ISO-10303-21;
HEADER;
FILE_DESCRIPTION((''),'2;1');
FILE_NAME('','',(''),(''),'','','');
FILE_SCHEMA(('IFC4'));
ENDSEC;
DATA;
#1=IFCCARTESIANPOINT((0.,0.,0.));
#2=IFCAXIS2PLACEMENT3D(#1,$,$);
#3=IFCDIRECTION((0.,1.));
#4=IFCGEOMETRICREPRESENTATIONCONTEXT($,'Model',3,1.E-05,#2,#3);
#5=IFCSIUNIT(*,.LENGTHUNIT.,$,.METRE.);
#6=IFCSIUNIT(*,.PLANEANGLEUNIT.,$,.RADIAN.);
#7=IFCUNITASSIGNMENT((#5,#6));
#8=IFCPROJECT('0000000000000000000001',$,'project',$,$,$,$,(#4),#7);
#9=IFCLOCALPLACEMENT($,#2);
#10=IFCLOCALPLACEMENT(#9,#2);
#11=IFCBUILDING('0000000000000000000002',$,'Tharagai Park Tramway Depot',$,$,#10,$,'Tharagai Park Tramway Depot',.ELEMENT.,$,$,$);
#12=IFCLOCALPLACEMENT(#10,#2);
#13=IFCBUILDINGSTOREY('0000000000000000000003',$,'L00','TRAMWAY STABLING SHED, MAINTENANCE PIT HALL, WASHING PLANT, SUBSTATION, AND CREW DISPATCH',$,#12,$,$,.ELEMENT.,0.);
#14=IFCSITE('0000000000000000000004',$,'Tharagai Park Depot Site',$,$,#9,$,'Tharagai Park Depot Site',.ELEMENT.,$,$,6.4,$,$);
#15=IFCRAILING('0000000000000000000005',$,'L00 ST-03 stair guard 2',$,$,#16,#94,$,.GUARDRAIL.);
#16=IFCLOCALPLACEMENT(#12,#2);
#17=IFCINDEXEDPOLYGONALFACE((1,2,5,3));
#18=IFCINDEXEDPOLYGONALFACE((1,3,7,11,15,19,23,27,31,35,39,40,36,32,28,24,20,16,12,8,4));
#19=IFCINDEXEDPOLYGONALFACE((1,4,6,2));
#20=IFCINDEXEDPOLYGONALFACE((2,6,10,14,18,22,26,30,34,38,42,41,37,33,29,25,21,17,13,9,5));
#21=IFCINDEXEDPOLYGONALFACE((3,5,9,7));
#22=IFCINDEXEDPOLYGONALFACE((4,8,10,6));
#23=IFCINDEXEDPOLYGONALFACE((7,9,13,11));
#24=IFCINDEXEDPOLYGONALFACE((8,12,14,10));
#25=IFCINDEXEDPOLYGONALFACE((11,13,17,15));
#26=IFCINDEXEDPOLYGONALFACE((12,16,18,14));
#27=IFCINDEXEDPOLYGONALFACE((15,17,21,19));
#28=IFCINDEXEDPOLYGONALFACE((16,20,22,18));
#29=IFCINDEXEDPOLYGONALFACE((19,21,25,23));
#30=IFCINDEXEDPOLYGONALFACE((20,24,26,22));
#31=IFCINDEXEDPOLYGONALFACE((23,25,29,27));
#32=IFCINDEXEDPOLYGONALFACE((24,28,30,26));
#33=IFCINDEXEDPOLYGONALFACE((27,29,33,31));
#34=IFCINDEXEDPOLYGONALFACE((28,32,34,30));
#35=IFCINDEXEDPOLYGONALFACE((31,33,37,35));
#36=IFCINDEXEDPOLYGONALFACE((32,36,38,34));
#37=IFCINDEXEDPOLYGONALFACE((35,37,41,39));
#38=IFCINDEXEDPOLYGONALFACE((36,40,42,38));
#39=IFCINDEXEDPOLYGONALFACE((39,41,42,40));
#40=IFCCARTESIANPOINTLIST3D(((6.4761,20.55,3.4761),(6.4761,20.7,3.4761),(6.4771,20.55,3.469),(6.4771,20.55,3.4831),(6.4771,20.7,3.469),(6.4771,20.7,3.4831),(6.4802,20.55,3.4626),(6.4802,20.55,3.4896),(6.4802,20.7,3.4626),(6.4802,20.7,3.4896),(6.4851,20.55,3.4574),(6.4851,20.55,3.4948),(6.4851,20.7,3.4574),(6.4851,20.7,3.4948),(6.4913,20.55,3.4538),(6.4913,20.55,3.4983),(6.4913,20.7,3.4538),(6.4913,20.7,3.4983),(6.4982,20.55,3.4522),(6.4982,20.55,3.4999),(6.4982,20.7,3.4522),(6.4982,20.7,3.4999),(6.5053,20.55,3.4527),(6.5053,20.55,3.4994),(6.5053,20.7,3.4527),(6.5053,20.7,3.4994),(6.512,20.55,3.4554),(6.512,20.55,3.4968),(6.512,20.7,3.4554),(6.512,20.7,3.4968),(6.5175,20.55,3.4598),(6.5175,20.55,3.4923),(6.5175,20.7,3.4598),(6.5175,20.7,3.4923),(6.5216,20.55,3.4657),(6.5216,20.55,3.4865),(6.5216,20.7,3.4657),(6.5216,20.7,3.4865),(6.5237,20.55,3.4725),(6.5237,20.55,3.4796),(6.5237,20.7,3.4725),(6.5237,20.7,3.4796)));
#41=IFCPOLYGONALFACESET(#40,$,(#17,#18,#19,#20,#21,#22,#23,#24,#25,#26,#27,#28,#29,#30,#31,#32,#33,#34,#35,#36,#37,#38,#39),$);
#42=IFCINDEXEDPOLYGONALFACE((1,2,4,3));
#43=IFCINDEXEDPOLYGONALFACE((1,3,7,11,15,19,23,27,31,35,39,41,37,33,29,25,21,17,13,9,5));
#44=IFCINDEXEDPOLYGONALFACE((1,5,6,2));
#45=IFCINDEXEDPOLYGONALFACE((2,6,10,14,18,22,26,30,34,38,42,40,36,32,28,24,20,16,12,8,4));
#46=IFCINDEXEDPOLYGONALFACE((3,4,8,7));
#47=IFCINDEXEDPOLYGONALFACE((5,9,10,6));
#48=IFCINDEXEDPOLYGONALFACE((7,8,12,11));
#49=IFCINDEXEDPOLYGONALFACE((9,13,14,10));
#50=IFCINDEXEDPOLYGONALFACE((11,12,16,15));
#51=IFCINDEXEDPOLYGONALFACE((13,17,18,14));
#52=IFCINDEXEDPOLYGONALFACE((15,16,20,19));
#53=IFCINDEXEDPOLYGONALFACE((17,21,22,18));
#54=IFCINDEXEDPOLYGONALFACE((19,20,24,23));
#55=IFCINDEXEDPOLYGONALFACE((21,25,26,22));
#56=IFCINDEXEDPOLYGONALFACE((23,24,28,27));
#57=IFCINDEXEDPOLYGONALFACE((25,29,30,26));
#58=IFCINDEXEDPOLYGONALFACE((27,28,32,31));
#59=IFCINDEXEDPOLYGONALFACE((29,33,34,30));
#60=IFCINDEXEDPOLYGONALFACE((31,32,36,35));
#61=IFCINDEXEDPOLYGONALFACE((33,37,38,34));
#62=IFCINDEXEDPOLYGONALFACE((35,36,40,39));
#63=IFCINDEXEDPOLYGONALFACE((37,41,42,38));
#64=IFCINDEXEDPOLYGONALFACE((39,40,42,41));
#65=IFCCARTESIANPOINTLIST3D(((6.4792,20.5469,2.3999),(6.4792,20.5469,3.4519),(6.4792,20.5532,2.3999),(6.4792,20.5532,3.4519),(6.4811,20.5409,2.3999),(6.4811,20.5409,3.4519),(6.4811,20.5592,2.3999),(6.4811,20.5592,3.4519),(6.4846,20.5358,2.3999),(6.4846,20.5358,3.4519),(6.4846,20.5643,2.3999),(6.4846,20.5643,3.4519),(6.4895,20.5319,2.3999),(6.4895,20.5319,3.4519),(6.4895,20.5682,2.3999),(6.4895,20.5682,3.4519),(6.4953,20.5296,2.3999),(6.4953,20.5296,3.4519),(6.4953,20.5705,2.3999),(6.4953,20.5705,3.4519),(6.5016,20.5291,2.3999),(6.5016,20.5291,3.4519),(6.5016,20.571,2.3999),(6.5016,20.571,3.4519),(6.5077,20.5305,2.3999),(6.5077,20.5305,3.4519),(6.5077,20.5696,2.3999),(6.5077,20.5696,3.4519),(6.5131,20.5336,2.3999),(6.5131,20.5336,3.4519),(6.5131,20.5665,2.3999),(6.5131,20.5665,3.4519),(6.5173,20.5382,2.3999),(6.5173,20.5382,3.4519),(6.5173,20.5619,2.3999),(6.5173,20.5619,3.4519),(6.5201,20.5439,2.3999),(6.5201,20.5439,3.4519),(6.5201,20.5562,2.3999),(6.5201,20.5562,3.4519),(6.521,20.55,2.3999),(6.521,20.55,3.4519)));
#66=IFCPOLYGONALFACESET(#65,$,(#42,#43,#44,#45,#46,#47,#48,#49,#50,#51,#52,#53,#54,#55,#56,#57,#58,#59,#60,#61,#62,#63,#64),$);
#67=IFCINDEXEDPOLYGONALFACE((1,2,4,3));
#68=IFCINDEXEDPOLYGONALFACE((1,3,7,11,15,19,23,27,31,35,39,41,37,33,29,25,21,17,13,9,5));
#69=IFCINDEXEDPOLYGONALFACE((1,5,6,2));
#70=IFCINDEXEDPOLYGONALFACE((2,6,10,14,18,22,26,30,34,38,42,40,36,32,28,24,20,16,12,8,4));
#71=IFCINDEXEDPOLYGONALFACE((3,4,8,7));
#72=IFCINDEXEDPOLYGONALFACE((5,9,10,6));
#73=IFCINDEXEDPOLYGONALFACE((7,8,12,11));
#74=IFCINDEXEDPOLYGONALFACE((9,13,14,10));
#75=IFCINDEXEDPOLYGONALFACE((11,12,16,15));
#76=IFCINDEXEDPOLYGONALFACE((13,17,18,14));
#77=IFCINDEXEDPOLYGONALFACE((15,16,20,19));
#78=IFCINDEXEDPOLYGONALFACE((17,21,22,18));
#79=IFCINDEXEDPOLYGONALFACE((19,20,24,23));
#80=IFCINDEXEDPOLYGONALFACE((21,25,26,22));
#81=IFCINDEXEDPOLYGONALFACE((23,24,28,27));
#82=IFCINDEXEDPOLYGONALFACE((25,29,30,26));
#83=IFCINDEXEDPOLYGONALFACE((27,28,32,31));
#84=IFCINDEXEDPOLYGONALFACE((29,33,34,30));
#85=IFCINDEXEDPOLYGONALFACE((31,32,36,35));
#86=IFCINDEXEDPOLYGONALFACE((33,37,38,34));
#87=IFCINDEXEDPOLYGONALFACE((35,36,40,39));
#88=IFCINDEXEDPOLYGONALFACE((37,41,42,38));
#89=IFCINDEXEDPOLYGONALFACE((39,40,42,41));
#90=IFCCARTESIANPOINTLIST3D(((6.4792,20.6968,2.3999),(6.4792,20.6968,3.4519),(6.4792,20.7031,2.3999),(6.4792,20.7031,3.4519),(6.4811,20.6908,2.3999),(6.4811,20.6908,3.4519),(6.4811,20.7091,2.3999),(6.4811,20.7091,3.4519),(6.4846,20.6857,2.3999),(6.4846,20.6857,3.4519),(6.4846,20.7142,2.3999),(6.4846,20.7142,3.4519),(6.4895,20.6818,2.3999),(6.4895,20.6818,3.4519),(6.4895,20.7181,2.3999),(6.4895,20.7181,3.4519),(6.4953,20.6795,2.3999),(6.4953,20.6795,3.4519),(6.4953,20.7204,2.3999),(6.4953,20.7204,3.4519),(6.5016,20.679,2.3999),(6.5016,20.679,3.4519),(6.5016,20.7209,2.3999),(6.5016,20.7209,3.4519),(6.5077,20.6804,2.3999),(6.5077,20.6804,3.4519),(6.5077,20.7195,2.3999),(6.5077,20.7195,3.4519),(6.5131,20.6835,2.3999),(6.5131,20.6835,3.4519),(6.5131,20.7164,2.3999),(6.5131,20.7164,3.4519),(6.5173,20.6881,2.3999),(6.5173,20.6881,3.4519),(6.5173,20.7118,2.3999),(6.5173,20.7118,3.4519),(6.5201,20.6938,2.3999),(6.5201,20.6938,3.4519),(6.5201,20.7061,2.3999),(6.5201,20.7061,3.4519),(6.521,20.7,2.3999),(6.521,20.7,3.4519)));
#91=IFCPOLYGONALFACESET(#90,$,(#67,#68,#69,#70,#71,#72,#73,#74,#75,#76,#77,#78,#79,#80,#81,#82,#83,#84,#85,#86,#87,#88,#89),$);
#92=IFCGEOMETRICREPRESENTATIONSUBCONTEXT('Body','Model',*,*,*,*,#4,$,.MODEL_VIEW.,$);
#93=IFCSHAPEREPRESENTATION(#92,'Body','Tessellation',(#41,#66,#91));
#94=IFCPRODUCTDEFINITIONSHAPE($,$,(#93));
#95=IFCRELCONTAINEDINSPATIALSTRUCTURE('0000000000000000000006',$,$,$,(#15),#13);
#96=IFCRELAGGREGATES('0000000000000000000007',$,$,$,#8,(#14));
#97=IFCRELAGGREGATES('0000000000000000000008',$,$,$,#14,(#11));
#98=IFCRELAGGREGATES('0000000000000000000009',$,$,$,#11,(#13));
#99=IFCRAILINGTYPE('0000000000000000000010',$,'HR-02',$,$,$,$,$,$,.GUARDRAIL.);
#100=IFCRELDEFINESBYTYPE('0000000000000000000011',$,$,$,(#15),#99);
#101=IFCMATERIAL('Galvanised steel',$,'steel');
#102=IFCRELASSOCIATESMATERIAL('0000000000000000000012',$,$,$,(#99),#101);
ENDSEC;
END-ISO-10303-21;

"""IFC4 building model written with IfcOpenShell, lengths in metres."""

from ifc_helpers import new_model, si_unit, direction, frame, origin, origin_2d, place, context, subcontext, project, spatial, circle, extrude, material, type_object, element, save


model = new_model("IFC4")

# Units and contexts
model_context = context("Model", 3, precision=1e-05, world=origin(), true_north=direction((0.0, 1.0)))
body_context = subcontext(model_context, "Body", "Model", "MODEL_VIEW")
ifc_project = project(units=[si_unit("LENGTHUNIT", "METRE"), si_unit("PLANEANGLEUNIT", "RADIAN")], contexts=[model_context])

# Site, building, storey
site_placement = place(None, origin())
site = spatial("IfcSite", under=ifc_project, at=site_placement, Name="Tharagai Park Depot Site", LongName="Tharagai Park Depot Site", CompositionType="ELEMENT", RefElevation=6.4)
building_placement = place(site_placement, origin())
building = spatial("IfcBuilding", under=site, at=building_placement, Name="Tharagai Park Tramway Depot", LongName="Tharagai Park Tramway Depot", CompositionType="ELEMENT")
storey_placement = place(building_placement, origin())
storey = spatial("IfcBuildingStorey", under=building, at=storey_placement, Name="L00", Description="TRAMWAY STABLING SHED, MAINTENANCE PIT HALL, WASHING PLANT, SUBSTATION, AND CREW DISPATCH", CompositionType="ELEMENT", Elevation=0.0)

# Railing
ifc_material_1 = material(Name="Galvanised steel", Category="steel")
railing_type_1 = type_object("IfcRailingType", Name="HR-02", PredefinedType="GUARDRAIL", material=ifc_material_1)
railing_1_placement = place(storey_placement, frame((6.5, 20.55, 2.3999)))
element("IfcRailing", 1, at=railing_1_placement, inside=storey, type_object=railing_type_1, Name="L00 ST-03 stair guard 2", PredefinedType="GUARDRAIL", context=body_context, shape_type="SweptSolid", body=[
    extrude(circle(Radius=0.0239, at=origin_2d()), frame((0.0, 0.0, 1.0762), z_axis=(0.0, 1.0, 0.0), x_axis=(-1.0, 0.0, 0.0)), (0.0, 0.0, 1.0), 0.1499),
    extrude(circle(Radius=0.021, at=origin_2d()), origin(), (0.0, 0.0, 1.0), 1.052),
    extrude(circle(Radius=0.021, at=origin_2d()), frame((0.0, 0.1499, 0.0)), (0.0, 0.0, 1.0), 1.052),
])

save(model, "model.ifc")
